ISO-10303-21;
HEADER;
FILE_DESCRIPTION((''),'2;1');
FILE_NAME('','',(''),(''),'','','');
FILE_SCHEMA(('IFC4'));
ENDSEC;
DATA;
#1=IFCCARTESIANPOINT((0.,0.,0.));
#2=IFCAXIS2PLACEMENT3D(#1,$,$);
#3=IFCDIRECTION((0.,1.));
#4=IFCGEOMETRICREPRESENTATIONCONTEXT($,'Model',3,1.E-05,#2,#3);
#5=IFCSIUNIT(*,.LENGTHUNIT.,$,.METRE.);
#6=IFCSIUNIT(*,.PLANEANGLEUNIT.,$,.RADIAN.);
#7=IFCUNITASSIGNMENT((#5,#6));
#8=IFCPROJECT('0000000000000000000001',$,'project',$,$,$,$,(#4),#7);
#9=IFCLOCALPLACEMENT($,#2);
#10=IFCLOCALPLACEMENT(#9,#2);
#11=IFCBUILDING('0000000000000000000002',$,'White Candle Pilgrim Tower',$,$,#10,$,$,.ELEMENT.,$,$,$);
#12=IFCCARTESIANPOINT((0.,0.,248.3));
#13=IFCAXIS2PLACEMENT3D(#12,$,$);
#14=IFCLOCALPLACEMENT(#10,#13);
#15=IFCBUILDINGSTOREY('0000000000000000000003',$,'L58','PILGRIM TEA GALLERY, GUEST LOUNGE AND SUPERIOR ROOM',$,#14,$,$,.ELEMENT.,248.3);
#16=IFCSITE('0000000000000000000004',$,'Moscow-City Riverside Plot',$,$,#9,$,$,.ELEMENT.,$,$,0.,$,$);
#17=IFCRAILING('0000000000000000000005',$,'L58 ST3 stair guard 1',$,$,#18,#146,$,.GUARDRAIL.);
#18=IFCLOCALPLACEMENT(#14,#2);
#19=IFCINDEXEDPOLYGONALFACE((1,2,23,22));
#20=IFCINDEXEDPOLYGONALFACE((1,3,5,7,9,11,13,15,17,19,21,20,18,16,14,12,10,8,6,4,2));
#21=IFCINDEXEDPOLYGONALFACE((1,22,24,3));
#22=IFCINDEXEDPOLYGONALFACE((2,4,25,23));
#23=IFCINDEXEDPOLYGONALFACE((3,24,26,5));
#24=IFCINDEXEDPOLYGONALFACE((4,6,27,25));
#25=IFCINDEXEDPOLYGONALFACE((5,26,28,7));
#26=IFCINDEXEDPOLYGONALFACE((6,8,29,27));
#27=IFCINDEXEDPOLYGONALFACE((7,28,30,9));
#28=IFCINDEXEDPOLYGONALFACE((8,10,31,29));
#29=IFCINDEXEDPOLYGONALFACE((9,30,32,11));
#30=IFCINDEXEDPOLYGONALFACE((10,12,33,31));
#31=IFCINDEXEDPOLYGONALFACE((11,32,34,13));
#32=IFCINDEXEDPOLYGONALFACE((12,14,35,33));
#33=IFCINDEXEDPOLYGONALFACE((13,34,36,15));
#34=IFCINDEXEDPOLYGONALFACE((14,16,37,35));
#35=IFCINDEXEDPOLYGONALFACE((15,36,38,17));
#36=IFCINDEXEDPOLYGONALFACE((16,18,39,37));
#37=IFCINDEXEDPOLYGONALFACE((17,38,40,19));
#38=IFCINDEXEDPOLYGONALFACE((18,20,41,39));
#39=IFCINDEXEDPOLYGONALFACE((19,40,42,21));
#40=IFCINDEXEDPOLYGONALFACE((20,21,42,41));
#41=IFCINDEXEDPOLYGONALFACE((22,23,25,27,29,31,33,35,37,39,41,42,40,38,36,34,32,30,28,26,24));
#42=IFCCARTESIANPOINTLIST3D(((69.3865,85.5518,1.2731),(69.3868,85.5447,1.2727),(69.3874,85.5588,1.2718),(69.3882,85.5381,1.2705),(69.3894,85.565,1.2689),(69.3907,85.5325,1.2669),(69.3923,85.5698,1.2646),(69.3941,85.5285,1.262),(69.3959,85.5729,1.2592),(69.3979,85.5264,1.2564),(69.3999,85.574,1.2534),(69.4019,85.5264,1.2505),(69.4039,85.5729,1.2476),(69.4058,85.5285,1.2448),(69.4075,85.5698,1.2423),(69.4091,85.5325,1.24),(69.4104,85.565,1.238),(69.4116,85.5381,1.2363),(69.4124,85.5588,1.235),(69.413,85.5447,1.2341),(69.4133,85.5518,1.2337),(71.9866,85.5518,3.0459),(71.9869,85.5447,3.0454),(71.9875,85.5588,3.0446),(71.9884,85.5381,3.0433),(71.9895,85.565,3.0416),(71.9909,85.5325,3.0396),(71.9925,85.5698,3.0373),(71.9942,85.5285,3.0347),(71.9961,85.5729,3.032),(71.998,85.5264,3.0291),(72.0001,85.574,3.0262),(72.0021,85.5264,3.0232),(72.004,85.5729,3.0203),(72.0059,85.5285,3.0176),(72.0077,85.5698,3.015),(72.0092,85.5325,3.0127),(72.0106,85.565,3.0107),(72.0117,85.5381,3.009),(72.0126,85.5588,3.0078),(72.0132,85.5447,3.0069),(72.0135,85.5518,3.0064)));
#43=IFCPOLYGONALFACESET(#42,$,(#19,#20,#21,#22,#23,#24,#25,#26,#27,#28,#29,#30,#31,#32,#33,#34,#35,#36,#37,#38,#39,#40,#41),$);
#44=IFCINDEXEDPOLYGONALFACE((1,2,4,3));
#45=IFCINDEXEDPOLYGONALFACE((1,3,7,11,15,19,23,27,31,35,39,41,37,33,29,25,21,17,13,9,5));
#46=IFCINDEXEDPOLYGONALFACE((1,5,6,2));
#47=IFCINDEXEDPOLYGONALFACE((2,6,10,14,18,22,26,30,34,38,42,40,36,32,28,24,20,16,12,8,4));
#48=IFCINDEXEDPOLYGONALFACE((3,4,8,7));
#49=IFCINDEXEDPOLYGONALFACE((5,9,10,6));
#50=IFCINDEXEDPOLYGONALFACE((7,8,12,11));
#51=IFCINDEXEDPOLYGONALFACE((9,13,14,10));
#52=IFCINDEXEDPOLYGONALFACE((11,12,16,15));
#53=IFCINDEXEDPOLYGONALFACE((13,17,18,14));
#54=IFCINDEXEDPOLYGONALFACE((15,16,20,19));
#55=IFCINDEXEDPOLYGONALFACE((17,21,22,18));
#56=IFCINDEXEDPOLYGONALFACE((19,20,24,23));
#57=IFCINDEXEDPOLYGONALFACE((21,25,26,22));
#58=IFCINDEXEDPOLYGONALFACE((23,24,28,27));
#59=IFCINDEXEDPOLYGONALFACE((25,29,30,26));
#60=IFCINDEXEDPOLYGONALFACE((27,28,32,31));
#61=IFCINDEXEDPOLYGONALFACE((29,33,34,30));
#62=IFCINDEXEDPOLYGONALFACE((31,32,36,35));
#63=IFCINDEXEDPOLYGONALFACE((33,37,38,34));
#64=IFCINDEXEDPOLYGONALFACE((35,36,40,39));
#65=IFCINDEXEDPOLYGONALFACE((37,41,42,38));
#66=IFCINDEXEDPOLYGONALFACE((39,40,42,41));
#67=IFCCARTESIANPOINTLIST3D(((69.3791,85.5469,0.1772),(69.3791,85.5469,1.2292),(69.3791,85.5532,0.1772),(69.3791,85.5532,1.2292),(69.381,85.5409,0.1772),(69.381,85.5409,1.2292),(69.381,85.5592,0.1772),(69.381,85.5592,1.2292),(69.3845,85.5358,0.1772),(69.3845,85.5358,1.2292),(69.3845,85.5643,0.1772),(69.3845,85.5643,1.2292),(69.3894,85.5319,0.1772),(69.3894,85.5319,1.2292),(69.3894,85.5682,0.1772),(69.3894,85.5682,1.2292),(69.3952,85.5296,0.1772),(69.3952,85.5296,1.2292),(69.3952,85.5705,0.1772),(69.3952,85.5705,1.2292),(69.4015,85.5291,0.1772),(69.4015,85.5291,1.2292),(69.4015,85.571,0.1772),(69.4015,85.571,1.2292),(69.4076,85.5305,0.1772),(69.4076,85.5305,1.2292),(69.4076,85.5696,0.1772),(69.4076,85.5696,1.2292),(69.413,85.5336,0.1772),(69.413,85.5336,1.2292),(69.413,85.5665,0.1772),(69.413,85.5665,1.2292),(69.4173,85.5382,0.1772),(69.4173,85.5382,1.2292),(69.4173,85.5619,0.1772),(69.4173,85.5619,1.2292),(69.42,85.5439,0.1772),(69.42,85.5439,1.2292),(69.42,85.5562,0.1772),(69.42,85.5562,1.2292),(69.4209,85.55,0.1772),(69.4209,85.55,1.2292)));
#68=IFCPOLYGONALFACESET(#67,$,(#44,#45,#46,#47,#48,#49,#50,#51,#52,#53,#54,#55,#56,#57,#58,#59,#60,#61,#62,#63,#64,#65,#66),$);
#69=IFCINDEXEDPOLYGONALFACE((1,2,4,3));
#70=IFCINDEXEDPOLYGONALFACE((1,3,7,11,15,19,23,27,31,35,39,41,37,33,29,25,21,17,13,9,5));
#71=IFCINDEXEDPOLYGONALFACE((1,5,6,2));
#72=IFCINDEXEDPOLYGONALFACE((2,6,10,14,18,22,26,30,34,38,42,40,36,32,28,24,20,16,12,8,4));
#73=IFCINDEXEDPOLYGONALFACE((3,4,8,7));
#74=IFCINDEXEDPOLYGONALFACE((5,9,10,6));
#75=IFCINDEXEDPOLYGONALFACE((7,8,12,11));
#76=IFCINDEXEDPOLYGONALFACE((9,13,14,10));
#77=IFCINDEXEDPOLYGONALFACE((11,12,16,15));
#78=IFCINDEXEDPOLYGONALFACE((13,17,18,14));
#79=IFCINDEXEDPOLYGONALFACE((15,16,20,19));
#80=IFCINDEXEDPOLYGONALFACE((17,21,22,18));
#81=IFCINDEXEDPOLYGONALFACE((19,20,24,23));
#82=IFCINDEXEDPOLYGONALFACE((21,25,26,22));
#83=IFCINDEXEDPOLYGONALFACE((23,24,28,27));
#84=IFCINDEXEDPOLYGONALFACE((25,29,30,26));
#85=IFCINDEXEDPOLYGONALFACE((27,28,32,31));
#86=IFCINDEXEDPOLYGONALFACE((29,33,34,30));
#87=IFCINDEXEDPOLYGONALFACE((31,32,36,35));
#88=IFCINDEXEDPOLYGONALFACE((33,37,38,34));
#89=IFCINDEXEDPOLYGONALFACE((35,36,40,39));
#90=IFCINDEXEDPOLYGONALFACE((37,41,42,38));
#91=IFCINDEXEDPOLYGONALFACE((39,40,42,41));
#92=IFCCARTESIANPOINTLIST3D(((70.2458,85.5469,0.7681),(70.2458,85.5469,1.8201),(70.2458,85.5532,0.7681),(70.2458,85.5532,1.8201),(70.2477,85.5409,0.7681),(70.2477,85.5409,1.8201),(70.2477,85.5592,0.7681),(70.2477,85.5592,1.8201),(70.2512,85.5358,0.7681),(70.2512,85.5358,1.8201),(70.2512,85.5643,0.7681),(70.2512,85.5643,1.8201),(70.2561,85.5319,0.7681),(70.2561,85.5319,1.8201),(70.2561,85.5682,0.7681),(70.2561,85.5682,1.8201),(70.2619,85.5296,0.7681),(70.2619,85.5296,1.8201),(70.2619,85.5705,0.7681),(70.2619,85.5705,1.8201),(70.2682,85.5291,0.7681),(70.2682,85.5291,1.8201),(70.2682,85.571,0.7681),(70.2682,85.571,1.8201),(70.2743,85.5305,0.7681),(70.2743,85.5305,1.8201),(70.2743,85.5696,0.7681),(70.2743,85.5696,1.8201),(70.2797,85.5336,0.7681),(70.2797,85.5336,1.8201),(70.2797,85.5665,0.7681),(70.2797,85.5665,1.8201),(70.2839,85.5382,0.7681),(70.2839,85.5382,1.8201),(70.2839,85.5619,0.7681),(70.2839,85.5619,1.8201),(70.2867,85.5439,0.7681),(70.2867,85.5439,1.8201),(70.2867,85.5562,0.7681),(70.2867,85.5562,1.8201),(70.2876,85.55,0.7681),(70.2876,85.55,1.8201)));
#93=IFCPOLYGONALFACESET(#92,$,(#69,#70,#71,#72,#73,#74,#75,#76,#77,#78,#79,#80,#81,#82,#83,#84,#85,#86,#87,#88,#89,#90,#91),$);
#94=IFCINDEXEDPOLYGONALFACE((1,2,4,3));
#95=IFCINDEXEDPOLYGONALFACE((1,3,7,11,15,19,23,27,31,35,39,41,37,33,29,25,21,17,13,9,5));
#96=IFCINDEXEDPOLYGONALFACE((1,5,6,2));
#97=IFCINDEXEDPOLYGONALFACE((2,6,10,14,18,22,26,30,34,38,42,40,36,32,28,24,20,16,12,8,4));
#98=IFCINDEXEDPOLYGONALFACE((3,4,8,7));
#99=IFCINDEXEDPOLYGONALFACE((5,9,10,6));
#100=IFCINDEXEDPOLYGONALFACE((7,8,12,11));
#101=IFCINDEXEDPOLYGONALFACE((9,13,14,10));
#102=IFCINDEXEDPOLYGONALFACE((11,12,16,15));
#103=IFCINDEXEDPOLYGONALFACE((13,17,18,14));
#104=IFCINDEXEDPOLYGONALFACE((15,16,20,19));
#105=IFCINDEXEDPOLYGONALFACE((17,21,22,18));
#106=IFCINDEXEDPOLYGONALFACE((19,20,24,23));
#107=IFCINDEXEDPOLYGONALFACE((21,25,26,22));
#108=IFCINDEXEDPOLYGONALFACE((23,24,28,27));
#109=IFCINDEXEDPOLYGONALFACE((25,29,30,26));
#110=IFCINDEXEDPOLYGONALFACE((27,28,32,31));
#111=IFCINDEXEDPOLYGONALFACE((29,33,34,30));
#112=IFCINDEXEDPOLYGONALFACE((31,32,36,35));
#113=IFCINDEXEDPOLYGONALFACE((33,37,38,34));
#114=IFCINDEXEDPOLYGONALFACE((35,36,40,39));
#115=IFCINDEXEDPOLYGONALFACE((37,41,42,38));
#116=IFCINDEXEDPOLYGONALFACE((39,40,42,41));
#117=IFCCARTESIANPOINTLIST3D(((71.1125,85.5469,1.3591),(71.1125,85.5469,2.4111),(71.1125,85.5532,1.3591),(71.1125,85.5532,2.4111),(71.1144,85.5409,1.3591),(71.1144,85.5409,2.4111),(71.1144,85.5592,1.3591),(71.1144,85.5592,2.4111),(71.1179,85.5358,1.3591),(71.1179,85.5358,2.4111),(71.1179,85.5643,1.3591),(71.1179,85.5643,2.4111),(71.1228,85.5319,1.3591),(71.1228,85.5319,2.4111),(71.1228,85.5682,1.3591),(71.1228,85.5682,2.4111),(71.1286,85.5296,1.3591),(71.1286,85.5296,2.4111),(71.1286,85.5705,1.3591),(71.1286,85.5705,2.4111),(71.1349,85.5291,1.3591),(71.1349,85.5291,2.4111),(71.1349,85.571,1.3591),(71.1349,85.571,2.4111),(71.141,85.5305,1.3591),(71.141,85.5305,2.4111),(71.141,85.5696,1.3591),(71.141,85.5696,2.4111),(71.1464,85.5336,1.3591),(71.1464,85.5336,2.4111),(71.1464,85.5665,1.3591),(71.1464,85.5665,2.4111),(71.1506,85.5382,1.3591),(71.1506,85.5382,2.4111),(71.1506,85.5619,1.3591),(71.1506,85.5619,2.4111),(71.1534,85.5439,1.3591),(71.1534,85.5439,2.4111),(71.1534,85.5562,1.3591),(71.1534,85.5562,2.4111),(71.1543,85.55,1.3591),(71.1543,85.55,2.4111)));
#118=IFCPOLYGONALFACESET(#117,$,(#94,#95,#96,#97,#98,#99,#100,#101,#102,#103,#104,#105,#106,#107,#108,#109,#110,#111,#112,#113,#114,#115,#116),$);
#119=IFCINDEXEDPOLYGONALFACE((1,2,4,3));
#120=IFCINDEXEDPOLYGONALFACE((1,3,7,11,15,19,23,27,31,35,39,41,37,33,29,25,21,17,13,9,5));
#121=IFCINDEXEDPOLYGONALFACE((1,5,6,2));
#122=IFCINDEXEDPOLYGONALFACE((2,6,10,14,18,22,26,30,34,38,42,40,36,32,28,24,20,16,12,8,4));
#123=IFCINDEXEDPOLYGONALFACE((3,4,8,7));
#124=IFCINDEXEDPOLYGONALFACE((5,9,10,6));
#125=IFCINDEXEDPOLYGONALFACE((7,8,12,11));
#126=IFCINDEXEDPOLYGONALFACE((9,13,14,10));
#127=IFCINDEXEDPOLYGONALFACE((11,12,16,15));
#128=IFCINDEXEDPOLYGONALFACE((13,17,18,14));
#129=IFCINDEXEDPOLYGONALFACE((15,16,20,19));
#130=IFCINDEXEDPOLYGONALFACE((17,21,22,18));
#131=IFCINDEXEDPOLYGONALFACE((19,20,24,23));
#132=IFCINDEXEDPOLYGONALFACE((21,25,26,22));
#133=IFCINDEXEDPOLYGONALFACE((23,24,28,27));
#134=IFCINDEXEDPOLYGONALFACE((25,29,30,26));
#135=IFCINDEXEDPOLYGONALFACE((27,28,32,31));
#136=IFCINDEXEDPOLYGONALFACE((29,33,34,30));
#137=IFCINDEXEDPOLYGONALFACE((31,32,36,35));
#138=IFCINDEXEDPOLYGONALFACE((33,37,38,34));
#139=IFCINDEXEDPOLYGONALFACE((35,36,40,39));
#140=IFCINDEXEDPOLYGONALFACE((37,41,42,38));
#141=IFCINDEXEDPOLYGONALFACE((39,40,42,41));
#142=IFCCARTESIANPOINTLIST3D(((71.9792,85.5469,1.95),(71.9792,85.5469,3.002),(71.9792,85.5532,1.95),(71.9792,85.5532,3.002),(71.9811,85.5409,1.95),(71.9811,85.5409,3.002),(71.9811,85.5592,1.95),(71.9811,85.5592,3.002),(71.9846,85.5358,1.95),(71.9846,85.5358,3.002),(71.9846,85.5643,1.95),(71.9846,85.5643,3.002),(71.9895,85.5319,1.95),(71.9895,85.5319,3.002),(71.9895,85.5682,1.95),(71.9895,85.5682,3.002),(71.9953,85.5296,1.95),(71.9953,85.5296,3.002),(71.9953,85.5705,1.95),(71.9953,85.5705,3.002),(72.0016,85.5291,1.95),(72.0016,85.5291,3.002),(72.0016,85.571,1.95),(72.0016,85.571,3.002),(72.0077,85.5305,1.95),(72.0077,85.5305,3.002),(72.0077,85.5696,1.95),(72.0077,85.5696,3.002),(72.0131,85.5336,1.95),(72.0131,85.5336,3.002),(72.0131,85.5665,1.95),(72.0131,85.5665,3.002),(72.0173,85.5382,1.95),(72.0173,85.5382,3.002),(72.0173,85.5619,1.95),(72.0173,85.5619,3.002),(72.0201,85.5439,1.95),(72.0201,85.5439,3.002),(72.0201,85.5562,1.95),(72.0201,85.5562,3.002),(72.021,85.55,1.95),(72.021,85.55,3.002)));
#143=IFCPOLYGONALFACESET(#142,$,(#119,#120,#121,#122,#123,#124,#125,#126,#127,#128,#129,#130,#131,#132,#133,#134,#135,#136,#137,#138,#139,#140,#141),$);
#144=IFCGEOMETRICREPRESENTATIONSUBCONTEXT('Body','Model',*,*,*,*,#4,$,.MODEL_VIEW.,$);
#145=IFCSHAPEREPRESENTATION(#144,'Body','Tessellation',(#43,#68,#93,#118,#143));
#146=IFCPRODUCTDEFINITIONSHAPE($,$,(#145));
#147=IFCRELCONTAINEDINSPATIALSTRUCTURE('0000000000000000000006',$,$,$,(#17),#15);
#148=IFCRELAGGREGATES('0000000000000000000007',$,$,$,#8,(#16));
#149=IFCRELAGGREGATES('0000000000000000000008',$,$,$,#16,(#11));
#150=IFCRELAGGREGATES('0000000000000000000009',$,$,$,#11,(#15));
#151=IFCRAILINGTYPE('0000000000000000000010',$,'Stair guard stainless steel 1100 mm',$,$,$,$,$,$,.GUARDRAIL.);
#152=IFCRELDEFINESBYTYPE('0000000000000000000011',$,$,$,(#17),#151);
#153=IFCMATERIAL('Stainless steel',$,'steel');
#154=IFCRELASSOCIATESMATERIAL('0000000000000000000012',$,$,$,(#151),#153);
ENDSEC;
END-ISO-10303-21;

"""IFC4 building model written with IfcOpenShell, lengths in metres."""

from ifc_helpers import new_model, si_unit, direction, frame, origin, origin_2d, place, context, subcontext, project, spatial, circle, extrude, material, type_object, element, save


model = new_model("IFC4")

# Units and contexts
model_context = context("Model", 3, precision=1e-05, world=origin(), true_north=direction((0.0, 1.0)))
body_context = subcontext(model_context, "Body", "Model", "MODEL_VIEW")
ifc_project = project(units=[si_unit("LENGTHUNIT", "METRE"), si_unit("PLANEANGLEUNIT", "RADIAN")], contexts=[model_context])

# Site, building, storey
site_placement = place(None, origin())
site = spatial("IfcSite", under=ifc_project, at=site_placement, Name="Moscow-City Riverside Plot", CompositionType="ELEMENT", RefElevation=0.0)
building_placement = place(site_placement, origin())
building = spatial("IfcBuilding", under=site, at=building_placement, Name="White Candle Pilgrim Tower", CompositionType="ELEMENT")
storey_placement = place(building_placement, frame((0.0, 0.0, 248.3)))
storey = spatial("IfcBuildingStorey", under=building, at=storey_placement, Name="L58", Description="PILGRIM TEA GALLERY, GUEST LOUNGE AND SUPERIOR ROOM", CompositionType="ELEMENT", Elevation=248.3)

# Railing
ifc_material_1 = material(Name="Stainless steel", Category="steel")
railing_type_1 = type_object("IfcRailingType", Name="Stair guard stainless steel 1100 mm", PredefinedType="GUARDRAIL", material=ifc_material_1)
railing_1_placement = place(storey_placement, frame((69.3999, 85.55, 0.1772)))
element("IfcRailing", 1, at=railing_1_placement, inside=storey, type_object=railing_type_1, Name="L58 ST3 stair guard 1", PredefinedType="GUARDRAIL", context=body_context, shape_type="SweptSolid", body=[
    extrude(circle(Radius=0.0239, at=origin_2d()), frame((0.0, 0.0, 1.0762), z_axis=(0.82624, 0.0, 0.563318), x_axis=(0.0, 1.0, 0.0)), (0.0, 0.0, 1.0), 3.147),
    extrude(circle(Radius=0.021, at=origin_2d()), origin(), (0.0, 0.0, 1.0), 1.052),
    extrude(circle(Radius=0.021, at=origin_2d()), frame((0.8667, 0.0, 0.5908)), (0.0, 0.0, 1.0), 1.052),
    extrude(circle(Radius=0.021, at=origin_2d()), frame((1.7334, 0.0, 1.1819)), (0.0, 0.0, 1.0), 1.052),
    extrude(circle(Radius=0.021, at=origin_2d()), frame((2.6001, 0.0, 1.7727)), (0.0, 0.0, 1.0), 1.052),
])

save(model, "model.ifc")
